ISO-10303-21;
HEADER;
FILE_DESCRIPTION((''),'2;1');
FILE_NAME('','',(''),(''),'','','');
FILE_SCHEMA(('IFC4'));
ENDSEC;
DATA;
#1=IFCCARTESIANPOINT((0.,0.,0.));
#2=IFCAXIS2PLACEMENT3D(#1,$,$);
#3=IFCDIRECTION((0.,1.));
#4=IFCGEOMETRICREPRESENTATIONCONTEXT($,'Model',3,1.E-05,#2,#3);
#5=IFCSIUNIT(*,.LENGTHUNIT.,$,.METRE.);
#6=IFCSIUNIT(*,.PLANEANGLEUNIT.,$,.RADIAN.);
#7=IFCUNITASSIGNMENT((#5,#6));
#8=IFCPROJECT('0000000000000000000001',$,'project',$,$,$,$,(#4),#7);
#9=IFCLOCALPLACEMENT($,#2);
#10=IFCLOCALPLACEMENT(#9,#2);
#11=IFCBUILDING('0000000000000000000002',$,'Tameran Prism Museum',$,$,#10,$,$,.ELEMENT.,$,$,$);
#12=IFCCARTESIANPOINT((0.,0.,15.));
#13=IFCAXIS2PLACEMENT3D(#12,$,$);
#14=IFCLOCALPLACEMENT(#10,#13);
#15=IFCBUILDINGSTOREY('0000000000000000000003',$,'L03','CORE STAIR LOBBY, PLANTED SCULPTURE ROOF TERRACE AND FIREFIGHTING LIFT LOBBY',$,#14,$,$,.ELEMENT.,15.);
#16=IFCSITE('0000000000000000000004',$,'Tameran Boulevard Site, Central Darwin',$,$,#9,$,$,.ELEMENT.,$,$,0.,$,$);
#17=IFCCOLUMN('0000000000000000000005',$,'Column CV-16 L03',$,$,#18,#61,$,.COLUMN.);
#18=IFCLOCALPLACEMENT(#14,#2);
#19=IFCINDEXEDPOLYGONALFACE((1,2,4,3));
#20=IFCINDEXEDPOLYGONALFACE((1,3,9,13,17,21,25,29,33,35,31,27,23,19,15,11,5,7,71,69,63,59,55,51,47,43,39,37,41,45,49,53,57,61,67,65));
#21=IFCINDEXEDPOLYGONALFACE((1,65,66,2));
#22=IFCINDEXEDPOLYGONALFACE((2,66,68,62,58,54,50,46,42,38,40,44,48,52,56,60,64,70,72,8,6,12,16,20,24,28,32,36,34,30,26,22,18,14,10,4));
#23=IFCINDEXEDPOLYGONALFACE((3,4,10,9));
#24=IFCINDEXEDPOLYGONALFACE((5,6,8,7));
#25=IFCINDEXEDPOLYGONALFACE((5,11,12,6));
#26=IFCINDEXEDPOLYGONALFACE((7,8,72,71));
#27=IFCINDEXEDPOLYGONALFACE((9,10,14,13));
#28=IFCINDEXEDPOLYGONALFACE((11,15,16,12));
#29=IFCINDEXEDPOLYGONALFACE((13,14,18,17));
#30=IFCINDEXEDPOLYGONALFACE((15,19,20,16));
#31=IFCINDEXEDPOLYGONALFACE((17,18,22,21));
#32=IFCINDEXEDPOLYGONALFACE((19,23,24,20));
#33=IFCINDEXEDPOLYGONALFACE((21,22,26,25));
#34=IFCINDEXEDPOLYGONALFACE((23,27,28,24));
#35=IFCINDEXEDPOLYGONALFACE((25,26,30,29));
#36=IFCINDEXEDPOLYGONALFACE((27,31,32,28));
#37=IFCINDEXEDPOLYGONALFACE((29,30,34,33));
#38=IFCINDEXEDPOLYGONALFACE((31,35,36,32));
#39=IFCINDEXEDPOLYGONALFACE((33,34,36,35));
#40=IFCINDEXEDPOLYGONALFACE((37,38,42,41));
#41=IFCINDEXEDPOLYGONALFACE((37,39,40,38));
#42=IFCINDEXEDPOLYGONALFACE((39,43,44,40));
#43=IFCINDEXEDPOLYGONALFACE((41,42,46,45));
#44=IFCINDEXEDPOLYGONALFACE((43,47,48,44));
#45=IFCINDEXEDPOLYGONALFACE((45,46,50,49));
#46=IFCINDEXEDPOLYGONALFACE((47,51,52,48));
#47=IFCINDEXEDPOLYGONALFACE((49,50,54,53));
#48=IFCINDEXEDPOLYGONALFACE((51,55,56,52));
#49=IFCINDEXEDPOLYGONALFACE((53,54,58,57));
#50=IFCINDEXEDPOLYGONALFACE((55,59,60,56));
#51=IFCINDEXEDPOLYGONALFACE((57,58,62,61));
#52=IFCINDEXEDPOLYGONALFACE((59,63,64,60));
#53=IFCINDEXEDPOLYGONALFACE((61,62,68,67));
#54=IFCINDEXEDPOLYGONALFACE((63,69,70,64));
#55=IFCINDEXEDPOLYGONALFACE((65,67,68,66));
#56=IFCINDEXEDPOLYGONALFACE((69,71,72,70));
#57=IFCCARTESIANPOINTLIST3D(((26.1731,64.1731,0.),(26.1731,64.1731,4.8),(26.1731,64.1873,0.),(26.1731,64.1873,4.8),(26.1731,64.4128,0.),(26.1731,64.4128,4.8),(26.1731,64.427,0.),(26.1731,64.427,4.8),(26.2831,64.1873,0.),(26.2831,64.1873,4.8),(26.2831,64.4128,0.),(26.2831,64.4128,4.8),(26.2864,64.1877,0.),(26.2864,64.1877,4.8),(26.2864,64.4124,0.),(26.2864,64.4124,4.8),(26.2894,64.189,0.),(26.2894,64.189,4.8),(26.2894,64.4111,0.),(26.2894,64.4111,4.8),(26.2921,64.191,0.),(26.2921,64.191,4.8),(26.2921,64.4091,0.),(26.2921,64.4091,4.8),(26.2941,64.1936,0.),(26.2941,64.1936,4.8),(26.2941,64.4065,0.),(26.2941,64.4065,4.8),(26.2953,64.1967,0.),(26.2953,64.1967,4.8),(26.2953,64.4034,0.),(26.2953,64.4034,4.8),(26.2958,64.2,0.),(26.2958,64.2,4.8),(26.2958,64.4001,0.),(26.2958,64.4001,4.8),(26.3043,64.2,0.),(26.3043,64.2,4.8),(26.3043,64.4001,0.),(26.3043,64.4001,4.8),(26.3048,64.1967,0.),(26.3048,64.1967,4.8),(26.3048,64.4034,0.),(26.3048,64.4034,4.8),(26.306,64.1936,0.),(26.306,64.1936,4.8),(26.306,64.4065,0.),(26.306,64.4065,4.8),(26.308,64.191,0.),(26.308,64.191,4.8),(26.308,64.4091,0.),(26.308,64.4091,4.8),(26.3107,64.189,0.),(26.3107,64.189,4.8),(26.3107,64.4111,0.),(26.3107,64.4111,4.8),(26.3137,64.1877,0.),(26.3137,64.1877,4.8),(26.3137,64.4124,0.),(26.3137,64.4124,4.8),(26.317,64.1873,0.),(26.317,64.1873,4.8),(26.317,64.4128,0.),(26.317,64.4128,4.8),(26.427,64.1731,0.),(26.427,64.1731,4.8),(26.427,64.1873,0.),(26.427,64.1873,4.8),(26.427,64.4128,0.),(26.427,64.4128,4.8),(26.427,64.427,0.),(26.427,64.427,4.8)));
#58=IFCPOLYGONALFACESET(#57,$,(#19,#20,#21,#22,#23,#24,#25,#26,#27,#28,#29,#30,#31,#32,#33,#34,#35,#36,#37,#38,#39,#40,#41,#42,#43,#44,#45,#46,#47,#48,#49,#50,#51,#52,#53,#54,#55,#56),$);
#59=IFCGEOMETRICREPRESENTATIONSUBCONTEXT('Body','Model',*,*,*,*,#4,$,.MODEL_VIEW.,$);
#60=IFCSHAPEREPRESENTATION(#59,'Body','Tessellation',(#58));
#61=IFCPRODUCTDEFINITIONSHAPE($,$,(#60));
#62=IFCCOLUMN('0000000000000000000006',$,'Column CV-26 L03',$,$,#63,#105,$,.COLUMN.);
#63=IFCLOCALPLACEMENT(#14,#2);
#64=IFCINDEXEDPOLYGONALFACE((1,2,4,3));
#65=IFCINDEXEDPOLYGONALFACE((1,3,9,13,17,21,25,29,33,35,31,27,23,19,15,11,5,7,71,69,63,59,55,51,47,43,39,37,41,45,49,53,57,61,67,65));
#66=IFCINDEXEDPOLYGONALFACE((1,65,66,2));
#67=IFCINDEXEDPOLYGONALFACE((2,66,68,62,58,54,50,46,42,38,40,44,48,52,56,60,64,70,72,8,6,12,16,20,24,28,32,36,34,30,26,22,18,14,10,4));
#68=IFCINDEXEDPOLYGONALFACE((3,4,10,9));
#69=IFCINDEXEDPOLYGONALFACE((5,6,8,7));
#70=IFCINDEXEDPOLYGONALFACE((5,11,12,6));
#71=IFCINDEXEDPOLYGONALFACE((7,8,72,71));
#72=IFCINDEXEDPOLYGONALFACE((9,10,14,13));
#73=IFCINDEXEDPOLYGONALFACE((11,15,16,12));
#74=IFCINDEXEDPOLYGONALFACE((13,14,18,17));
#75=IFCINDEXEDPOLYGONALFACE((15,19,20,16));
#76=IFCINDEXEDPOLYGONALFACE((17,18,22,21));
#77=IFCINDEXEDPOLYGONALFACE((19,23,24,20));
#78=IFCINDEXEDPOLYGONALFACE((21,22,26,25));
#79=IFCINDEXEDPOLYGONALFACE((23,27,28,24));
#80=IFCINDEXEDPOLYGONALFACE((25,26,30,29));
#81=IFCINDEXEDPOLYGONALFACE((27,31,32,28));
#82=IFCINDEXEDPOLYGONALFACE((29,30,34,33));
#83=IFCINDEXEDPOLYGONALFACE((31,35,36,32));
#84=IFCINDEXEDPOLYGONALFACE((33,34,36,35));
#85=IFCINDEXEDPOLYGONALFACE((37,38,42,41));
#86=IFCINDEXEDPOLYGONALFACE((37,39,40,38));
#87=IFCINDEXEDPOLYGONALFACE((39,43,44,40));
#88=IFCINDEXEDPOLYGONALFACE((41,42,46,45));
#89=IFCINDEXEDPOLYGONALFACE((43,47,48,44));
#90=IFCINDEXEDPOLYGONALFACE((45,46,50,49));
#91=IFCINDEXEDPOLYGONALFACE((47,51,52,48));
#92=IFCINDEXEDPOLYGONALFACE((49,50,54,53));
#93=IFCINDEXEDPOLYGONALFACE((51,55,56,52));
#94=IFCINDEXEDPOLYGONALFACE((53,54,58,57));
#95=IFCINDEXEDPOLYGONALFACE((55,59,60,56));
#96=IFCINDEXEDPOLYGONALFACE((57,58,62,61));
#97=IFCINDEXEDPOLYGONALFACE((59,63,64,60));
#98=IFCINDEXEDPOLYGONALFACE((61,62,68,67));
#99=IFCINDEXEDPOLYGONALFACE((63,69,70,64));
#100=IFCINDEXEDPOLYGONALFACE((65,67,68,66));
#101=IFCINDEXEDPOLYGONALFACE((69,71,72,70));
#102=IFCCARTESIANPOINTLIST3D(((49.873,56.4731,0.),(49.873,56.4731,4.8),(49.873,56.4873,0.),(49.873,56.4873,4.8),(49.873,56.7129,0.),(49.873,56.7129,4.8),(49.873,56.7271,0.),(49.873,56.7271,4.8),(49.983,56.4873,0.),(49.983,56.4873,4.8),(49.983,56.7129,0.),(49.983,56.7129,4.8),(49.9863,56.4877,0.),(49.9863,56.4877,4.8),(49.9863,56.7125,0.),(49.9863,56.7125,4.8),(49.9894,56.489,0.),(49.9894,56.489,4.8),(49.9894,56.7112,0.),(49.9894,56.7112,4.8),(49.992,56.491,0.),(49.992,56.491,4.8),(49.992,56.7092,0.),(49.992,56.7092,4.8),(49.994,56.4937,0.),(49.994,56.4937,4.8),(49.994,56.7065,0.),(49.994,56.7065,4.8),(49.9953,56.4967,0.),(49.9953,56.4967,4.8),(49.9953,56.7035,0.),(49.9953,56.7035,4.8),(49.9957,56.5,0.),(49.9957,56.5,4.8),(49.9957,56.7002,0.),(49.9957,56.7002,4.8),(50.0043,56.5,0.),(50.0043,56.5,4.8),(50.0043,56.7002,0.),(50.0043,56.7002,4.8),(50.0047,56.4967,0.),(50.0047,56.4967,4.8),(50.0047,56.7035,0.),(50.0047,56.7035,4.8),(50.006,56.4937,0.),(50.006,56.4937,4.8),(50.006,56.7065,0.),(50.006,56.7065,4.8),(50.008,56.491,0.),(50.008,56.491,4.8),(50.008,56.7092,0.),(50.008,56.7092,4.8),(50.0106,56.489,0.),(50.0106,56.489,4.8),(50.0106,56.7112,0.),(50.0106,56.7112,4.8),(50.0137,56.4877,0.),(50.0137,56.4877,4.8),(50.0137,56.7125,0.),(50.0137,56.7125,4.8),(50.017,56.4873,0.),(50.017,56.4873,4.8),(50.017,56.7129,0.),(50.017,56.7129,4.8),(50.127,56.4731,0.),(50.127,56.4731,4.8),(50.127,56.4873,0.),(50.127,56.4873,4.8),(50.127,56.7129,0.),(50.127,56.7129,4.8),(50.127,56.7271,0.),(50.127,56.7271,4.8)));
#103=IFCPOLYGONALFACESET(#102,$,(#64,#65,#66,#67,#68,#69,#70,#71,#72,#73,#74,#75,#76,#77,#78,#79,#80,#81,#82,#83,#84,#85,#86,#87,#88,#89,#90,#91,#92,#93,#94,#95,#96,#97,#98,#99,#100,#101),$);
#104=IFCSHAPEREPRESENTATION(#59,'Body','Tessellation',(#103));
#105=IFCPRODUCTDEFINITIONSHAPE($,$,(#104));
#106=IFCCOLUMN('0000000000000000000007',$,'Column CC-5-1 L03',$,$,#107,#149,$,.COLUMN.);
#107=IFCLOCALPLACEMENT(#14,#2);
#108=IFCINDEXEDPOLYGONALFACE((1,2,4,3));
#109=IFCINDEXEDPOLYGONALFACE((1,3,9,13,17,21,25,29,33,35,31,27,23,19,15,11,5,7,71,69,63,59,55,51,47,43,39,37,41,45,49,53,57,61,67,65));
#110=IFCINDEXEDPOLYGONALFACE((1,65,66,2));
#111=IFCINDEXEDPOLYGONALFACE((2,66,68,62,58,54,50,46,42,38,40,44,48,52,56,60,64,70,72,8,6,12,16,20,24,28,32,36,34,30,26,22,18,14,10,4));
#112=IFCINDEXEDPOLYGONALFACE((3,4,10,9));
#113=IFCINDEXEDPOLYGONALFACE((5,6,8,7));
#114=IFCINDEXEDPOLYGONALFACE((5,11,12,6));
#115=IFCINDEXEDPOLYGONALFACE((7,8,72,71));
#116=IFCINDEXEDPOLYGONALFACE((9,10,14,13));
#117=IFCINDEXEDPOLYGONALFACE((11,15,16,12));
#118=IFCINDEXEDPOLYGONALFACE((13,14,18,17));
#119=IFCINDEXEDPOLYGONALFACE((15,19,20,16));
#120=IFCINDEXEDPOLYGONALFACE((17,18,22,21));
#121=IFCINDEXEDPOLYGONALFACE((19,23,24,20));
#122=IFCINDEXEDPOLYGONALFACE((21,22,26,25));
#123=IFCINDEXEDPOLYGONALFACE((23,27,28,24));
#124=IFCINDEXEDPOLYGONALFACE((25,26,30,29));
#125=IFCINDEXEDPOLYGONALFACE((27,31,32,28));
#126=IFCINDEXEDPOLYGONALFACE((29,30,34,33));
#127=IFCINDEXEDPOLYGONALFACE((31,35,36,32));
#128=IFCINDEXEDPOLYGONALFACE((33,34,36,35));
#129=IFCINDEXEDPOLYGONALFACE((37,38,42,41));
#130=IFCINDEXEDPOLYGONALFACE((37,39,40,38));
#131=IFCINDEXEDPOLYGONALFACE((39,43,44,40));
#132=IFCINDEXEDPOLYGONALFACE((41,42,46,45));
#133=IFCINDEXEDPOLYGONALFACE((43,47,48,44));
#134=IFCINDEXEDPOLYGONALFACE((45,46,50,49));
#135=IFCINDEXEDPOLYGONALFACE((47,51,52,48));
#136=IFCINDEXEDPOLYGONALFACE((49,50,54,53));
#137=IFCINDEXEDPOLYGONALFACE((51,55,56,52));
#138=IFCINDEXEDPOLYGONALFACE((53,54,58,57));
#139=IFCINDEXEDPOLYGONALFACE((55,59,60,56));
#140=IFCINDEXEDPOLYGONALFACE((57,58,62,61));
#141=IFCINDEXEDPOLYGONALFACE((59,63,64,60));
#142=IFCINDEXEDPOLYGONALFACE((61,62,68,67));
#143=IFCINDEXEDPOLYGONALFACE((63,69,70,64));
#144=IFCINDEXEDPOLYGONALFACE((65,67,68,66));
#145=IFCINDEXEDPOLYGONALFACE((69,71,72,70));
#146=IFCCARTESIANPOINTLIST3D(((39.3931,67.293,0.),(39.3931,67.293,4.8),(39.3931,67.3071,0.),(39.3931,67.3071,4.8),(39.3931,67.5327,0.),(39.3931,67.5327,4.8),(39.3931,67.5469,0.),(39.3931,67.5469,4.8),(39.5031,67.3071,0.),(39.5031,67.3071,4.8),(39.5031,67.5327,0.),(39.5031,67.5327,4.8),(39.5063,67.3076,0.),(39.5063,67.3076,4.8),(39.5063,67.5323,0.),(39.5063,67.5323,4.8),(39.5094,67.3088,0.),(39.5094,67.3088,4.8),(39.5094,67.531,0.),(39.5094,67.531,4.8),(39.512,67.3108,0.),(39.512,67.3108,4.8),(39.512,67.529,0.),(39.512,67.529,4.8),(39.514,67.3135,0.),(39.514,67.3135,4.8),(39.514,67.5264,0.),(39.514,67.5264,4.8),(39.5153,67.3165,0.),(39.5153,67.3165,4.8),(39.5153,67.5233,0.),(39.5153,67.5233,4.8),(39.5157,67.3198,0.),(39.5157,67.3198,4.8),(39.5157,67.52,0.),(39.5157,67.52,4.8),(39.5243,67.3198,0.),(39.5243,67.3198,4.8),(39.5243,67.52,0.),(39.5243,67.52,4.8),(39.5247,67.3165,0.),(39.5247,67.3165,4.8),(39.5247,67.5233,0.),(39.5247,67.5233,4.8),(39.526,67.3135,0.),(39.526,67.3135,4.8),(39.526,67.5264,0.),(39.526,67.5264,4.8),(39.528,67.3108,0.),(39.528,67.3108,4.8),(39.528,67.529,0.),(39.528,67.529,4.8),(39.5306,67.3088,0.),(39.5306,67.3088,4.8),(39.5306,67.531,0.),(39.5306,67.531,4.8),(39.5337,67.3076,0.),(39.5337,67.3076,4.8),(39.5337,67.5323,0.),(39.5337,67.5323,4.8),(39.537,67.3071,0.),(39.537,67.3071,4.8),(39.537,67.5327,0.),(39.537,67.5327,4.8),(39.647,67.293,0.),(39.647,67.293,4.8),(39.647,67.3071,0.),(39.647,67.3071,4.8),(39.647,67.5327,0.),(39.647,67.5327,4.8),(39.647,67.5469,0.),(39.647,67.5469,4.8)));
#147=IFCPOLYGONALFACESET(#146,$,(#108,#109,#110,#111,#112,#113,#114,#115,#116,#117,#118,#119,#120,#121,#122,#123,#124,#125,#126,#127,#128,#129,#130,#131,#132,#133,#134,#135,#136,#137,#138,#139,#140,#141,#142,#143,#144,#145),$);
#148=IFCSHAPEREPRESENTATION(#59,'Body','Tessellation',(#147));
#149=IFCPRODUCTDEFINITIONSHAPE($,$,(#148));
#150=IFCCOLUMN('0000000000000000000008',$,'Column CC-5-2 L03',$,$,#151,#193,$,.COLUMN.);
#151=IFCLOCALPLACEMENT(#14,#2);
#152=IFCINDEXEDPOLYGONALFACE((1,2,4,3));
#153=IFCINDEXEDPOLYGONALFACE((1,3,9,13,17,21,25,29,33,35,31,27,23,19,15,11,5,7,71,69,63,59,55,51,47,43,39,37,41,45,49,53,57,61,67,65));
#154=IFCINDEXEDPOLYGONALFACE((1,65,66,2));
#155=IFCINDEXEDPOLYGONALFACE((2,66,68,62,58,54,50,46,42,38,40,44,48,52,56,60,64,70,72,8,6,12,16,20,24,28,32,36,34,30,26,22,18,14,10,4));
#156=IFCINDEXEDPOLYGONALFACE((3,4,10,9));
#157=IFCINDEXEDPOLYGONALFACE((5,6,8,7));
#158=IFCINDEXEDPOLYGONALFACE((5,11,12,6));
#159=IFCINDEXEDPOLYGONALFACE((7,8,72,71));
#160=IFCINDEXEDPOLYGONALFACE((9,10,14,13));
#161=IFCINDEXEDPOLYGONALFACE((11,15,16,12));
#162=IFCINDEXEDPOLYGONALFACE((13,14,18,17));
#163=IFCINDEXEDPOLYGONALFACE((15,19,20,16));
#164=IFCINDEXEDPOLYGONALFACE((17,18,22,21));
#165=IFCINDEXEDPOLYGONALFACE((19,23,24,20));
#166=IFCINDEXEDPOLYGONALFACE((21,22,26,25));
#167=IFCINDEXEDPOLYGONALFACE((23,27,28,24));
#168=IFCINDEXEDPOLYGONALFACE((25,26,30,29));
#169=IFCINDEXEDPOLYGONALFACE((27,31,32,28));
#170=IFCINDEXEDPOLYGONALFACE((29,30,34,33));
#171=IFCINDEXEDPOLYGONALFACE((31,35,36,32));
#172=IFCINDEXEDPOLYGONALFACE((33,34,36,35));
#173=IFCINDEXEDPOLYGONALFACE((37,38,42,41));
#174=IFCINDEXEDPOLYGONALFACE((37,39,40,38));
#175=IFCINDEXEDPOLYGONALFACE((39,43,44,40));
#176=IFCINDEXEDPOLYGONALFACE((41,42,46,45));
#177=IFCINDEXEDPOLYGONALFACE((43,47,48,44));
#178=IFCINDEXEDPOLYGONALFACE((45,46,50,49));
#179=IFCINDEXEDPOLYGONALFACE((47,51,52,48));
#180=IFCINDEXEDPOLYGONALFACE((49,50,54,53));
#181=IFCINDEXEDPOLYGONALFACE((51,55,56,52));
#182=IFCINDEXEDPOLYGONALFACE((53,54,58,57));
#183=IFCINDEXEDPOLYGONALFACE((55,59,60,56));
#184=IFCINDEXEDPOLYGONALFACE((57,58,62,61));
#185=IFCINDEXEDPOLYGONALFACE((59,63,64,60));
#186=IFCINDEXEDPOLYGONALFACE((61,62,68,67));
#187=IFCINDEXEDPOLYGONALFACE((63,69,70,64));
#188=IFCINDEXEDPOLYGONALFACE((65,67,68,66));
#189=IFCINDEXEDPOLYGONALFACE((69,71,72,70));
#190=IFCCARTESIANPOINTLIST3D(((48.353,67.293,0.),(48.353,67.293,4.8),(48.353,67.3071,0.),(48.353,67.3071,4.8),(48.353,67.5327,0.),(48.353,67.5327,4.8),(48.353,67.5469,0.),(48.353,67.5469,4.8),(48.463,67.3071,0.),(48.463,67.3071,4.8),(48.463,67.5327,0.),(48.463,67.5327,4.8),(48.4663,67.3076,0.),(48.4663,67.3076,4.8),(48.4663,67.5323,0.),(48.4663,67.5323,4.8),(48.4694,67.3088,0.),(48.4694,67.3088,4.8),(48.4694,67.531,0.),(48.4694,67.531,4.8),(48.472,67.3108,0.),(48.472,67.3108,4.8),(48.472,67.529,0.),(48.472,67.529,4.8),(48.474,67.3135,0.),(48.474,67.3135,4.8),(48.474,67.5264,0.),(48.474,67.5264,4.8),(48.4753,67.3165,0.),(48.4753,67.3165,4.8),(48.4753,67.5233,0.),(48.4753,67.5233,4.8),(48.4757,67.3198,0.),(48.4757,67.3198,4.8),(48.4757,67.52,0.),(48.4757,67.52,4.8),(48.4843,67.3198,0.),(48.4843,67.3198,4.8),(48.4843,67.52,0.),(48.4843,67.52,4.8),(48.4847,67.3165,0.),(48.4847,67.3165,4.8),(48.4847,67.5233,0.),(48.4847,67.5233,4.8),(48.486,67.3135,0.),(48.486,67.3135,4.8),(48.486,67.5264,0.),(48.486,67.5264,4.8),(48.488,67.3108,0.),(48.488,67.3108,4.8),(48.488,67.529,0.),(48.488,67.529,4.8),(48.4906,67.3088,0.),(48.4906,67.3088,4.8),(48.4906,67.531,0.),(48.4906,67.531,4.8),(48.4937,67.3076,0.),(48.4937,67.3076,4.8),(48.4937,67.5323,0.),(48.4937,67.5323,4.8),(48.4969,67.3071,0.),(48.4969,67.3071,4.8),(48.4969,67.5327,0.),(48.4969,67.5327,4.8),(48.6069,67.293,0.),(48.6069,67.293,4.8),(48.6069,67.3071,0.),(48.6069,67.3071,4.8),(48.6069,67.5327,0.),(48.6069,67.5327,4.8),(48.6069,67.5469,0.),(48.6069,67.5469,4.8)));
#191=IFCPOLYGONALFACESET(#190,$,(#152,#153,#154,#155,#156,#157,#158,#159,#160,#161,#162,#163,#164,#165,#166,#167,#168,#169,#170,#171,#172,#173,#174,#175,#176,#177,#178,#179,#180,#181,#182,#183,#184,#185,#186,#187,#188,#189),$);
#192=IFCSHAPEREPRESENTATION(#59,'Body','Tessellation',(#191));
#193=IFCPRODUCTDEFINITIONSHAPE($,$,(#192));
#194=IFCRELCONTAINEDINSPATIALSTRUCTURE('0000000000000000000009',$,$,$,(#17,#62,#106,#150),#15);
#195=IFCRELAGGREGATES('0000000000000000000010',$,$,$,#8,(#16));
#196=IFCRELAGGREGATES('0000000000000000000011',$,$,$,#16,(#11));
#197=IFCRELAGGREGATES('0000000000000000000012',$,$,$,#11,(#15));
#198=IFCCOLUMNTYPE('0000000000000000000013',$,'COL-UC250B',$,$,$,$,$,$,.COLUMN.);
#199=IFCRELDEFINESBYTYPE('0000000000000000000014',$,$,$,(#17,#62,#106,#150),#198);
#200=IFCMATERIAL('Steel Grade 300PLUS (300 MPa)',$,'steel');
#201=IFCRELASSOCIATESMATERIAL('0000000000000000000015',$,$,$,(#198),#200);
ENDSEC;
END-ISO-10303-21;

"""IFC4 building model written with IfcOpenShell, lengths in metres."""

from ifc_helpers import new_model, si_unit, direction, frame, origin, origin_2d, place, context, subcontext, project, spatial, i_section, extrude, material, material_profile, profile_set, type_object, element, save


model = new_model("IFC4")

# Units and contexts
model_context = context("Model", 3, precision=1e-05, world=origin(), true_north=direction((0.0, 1.0)))
body_context = subcontext(model_context, "Body", "Model", "MODEL_VIEW")
ifc_project = project(units=[si_unit("LENGTHUNIT", "METRE"), si_unit("PLANEANGLEUNIT", "RADIAN")], contexts=[model_context])

# Site, building, storey
site_placement = place(None, origin())
site = spatial("IfcSite", under=ifc_project, at=site_placement, Name="Tameran Boulevard Site, Central Darwin", CompositionType="ELEMENT", RefElevation=0.0)
building_placement = place(site_placement, origin())
building = spatial("IfcBuilding", under=site, at=building_placement, Name="Tameran Prism Museum", CompositionType="ELEMENT")
storey_placement = place(building_placement, frame((0.0, 0.0, 15.0)))
storey = spatial("IfcBuildingStorey", under=building, at=storey_placement, Name="L03", Description="CORE STAIR LOBBY, PLANTED SCULPTURE ROOF TERRACE AND FIREFIGHTING LIFT LOBBY", CompositionType="ELEMENT", Elevation=15.0)

# Columns
ifc_material_1 = material(Name="Steel Grade 300PLUS (300 MPa)", Category="steel")
ifc_material_profile_1 = material_profile(ifc_material_1, i_section(OverallWidth=0.2539, OverallDepth=0.2539, WebThickness=0.0085, FlangeThickness=0.0142, FilletRadius=0.0127, at=origin_2d()))
ifc_profile_set_1 = profile_set([ifc_material_profile_1])
column_type = type_object("IfcColumnType", Name="COL-UC250B", PredefinedType="COLUMN", material=ifc_profile_set_1)
for number, where, z_axis, x_axis, name in (
    (1, (26.3, 64.3, 0.0), (0.0, 0.0, 1.0), (1.0, 0.0, 0.0), "Column CV-16 L03"),
    (2, (50.0, 56.6001, 0.0), (0.0, 0.0, 1.0), (1.0, 0.0, 0.0), "Column CV-26 L03"),
    (3, (39.52, 67.4199, 0.0), (0.0, 0.0, 1.0), (1.0, 0.0, 0.0), "Column CC-5-1 L03"),
    (4, (48.48, 67.4199, 0.0), (0.0, 0.0, 1.0), (1.0, 0.0, 0.0), "Column CC-5-2 L03"),
):
    element("IfcColumn", number, at=place(storey_placement, frame(where, z_axis=z_axis, x_axis=x_axis)), inside=storey, type_object=column_type, Name=name, PredefinedType="COLUMN", context=body_context, shape_type="SweptSolid", body=[
        extrude(i_section(OverallWidth=0.2539, OverallDepth=0.2539, WebThickness=0.0085, FlangeThickness=0.0142, FilletRadius=0.0127, at=origin_2d()), origin(), (0.0, 0.0, 1.0), 4.8),
    ])

save(model, "model.ifc")
